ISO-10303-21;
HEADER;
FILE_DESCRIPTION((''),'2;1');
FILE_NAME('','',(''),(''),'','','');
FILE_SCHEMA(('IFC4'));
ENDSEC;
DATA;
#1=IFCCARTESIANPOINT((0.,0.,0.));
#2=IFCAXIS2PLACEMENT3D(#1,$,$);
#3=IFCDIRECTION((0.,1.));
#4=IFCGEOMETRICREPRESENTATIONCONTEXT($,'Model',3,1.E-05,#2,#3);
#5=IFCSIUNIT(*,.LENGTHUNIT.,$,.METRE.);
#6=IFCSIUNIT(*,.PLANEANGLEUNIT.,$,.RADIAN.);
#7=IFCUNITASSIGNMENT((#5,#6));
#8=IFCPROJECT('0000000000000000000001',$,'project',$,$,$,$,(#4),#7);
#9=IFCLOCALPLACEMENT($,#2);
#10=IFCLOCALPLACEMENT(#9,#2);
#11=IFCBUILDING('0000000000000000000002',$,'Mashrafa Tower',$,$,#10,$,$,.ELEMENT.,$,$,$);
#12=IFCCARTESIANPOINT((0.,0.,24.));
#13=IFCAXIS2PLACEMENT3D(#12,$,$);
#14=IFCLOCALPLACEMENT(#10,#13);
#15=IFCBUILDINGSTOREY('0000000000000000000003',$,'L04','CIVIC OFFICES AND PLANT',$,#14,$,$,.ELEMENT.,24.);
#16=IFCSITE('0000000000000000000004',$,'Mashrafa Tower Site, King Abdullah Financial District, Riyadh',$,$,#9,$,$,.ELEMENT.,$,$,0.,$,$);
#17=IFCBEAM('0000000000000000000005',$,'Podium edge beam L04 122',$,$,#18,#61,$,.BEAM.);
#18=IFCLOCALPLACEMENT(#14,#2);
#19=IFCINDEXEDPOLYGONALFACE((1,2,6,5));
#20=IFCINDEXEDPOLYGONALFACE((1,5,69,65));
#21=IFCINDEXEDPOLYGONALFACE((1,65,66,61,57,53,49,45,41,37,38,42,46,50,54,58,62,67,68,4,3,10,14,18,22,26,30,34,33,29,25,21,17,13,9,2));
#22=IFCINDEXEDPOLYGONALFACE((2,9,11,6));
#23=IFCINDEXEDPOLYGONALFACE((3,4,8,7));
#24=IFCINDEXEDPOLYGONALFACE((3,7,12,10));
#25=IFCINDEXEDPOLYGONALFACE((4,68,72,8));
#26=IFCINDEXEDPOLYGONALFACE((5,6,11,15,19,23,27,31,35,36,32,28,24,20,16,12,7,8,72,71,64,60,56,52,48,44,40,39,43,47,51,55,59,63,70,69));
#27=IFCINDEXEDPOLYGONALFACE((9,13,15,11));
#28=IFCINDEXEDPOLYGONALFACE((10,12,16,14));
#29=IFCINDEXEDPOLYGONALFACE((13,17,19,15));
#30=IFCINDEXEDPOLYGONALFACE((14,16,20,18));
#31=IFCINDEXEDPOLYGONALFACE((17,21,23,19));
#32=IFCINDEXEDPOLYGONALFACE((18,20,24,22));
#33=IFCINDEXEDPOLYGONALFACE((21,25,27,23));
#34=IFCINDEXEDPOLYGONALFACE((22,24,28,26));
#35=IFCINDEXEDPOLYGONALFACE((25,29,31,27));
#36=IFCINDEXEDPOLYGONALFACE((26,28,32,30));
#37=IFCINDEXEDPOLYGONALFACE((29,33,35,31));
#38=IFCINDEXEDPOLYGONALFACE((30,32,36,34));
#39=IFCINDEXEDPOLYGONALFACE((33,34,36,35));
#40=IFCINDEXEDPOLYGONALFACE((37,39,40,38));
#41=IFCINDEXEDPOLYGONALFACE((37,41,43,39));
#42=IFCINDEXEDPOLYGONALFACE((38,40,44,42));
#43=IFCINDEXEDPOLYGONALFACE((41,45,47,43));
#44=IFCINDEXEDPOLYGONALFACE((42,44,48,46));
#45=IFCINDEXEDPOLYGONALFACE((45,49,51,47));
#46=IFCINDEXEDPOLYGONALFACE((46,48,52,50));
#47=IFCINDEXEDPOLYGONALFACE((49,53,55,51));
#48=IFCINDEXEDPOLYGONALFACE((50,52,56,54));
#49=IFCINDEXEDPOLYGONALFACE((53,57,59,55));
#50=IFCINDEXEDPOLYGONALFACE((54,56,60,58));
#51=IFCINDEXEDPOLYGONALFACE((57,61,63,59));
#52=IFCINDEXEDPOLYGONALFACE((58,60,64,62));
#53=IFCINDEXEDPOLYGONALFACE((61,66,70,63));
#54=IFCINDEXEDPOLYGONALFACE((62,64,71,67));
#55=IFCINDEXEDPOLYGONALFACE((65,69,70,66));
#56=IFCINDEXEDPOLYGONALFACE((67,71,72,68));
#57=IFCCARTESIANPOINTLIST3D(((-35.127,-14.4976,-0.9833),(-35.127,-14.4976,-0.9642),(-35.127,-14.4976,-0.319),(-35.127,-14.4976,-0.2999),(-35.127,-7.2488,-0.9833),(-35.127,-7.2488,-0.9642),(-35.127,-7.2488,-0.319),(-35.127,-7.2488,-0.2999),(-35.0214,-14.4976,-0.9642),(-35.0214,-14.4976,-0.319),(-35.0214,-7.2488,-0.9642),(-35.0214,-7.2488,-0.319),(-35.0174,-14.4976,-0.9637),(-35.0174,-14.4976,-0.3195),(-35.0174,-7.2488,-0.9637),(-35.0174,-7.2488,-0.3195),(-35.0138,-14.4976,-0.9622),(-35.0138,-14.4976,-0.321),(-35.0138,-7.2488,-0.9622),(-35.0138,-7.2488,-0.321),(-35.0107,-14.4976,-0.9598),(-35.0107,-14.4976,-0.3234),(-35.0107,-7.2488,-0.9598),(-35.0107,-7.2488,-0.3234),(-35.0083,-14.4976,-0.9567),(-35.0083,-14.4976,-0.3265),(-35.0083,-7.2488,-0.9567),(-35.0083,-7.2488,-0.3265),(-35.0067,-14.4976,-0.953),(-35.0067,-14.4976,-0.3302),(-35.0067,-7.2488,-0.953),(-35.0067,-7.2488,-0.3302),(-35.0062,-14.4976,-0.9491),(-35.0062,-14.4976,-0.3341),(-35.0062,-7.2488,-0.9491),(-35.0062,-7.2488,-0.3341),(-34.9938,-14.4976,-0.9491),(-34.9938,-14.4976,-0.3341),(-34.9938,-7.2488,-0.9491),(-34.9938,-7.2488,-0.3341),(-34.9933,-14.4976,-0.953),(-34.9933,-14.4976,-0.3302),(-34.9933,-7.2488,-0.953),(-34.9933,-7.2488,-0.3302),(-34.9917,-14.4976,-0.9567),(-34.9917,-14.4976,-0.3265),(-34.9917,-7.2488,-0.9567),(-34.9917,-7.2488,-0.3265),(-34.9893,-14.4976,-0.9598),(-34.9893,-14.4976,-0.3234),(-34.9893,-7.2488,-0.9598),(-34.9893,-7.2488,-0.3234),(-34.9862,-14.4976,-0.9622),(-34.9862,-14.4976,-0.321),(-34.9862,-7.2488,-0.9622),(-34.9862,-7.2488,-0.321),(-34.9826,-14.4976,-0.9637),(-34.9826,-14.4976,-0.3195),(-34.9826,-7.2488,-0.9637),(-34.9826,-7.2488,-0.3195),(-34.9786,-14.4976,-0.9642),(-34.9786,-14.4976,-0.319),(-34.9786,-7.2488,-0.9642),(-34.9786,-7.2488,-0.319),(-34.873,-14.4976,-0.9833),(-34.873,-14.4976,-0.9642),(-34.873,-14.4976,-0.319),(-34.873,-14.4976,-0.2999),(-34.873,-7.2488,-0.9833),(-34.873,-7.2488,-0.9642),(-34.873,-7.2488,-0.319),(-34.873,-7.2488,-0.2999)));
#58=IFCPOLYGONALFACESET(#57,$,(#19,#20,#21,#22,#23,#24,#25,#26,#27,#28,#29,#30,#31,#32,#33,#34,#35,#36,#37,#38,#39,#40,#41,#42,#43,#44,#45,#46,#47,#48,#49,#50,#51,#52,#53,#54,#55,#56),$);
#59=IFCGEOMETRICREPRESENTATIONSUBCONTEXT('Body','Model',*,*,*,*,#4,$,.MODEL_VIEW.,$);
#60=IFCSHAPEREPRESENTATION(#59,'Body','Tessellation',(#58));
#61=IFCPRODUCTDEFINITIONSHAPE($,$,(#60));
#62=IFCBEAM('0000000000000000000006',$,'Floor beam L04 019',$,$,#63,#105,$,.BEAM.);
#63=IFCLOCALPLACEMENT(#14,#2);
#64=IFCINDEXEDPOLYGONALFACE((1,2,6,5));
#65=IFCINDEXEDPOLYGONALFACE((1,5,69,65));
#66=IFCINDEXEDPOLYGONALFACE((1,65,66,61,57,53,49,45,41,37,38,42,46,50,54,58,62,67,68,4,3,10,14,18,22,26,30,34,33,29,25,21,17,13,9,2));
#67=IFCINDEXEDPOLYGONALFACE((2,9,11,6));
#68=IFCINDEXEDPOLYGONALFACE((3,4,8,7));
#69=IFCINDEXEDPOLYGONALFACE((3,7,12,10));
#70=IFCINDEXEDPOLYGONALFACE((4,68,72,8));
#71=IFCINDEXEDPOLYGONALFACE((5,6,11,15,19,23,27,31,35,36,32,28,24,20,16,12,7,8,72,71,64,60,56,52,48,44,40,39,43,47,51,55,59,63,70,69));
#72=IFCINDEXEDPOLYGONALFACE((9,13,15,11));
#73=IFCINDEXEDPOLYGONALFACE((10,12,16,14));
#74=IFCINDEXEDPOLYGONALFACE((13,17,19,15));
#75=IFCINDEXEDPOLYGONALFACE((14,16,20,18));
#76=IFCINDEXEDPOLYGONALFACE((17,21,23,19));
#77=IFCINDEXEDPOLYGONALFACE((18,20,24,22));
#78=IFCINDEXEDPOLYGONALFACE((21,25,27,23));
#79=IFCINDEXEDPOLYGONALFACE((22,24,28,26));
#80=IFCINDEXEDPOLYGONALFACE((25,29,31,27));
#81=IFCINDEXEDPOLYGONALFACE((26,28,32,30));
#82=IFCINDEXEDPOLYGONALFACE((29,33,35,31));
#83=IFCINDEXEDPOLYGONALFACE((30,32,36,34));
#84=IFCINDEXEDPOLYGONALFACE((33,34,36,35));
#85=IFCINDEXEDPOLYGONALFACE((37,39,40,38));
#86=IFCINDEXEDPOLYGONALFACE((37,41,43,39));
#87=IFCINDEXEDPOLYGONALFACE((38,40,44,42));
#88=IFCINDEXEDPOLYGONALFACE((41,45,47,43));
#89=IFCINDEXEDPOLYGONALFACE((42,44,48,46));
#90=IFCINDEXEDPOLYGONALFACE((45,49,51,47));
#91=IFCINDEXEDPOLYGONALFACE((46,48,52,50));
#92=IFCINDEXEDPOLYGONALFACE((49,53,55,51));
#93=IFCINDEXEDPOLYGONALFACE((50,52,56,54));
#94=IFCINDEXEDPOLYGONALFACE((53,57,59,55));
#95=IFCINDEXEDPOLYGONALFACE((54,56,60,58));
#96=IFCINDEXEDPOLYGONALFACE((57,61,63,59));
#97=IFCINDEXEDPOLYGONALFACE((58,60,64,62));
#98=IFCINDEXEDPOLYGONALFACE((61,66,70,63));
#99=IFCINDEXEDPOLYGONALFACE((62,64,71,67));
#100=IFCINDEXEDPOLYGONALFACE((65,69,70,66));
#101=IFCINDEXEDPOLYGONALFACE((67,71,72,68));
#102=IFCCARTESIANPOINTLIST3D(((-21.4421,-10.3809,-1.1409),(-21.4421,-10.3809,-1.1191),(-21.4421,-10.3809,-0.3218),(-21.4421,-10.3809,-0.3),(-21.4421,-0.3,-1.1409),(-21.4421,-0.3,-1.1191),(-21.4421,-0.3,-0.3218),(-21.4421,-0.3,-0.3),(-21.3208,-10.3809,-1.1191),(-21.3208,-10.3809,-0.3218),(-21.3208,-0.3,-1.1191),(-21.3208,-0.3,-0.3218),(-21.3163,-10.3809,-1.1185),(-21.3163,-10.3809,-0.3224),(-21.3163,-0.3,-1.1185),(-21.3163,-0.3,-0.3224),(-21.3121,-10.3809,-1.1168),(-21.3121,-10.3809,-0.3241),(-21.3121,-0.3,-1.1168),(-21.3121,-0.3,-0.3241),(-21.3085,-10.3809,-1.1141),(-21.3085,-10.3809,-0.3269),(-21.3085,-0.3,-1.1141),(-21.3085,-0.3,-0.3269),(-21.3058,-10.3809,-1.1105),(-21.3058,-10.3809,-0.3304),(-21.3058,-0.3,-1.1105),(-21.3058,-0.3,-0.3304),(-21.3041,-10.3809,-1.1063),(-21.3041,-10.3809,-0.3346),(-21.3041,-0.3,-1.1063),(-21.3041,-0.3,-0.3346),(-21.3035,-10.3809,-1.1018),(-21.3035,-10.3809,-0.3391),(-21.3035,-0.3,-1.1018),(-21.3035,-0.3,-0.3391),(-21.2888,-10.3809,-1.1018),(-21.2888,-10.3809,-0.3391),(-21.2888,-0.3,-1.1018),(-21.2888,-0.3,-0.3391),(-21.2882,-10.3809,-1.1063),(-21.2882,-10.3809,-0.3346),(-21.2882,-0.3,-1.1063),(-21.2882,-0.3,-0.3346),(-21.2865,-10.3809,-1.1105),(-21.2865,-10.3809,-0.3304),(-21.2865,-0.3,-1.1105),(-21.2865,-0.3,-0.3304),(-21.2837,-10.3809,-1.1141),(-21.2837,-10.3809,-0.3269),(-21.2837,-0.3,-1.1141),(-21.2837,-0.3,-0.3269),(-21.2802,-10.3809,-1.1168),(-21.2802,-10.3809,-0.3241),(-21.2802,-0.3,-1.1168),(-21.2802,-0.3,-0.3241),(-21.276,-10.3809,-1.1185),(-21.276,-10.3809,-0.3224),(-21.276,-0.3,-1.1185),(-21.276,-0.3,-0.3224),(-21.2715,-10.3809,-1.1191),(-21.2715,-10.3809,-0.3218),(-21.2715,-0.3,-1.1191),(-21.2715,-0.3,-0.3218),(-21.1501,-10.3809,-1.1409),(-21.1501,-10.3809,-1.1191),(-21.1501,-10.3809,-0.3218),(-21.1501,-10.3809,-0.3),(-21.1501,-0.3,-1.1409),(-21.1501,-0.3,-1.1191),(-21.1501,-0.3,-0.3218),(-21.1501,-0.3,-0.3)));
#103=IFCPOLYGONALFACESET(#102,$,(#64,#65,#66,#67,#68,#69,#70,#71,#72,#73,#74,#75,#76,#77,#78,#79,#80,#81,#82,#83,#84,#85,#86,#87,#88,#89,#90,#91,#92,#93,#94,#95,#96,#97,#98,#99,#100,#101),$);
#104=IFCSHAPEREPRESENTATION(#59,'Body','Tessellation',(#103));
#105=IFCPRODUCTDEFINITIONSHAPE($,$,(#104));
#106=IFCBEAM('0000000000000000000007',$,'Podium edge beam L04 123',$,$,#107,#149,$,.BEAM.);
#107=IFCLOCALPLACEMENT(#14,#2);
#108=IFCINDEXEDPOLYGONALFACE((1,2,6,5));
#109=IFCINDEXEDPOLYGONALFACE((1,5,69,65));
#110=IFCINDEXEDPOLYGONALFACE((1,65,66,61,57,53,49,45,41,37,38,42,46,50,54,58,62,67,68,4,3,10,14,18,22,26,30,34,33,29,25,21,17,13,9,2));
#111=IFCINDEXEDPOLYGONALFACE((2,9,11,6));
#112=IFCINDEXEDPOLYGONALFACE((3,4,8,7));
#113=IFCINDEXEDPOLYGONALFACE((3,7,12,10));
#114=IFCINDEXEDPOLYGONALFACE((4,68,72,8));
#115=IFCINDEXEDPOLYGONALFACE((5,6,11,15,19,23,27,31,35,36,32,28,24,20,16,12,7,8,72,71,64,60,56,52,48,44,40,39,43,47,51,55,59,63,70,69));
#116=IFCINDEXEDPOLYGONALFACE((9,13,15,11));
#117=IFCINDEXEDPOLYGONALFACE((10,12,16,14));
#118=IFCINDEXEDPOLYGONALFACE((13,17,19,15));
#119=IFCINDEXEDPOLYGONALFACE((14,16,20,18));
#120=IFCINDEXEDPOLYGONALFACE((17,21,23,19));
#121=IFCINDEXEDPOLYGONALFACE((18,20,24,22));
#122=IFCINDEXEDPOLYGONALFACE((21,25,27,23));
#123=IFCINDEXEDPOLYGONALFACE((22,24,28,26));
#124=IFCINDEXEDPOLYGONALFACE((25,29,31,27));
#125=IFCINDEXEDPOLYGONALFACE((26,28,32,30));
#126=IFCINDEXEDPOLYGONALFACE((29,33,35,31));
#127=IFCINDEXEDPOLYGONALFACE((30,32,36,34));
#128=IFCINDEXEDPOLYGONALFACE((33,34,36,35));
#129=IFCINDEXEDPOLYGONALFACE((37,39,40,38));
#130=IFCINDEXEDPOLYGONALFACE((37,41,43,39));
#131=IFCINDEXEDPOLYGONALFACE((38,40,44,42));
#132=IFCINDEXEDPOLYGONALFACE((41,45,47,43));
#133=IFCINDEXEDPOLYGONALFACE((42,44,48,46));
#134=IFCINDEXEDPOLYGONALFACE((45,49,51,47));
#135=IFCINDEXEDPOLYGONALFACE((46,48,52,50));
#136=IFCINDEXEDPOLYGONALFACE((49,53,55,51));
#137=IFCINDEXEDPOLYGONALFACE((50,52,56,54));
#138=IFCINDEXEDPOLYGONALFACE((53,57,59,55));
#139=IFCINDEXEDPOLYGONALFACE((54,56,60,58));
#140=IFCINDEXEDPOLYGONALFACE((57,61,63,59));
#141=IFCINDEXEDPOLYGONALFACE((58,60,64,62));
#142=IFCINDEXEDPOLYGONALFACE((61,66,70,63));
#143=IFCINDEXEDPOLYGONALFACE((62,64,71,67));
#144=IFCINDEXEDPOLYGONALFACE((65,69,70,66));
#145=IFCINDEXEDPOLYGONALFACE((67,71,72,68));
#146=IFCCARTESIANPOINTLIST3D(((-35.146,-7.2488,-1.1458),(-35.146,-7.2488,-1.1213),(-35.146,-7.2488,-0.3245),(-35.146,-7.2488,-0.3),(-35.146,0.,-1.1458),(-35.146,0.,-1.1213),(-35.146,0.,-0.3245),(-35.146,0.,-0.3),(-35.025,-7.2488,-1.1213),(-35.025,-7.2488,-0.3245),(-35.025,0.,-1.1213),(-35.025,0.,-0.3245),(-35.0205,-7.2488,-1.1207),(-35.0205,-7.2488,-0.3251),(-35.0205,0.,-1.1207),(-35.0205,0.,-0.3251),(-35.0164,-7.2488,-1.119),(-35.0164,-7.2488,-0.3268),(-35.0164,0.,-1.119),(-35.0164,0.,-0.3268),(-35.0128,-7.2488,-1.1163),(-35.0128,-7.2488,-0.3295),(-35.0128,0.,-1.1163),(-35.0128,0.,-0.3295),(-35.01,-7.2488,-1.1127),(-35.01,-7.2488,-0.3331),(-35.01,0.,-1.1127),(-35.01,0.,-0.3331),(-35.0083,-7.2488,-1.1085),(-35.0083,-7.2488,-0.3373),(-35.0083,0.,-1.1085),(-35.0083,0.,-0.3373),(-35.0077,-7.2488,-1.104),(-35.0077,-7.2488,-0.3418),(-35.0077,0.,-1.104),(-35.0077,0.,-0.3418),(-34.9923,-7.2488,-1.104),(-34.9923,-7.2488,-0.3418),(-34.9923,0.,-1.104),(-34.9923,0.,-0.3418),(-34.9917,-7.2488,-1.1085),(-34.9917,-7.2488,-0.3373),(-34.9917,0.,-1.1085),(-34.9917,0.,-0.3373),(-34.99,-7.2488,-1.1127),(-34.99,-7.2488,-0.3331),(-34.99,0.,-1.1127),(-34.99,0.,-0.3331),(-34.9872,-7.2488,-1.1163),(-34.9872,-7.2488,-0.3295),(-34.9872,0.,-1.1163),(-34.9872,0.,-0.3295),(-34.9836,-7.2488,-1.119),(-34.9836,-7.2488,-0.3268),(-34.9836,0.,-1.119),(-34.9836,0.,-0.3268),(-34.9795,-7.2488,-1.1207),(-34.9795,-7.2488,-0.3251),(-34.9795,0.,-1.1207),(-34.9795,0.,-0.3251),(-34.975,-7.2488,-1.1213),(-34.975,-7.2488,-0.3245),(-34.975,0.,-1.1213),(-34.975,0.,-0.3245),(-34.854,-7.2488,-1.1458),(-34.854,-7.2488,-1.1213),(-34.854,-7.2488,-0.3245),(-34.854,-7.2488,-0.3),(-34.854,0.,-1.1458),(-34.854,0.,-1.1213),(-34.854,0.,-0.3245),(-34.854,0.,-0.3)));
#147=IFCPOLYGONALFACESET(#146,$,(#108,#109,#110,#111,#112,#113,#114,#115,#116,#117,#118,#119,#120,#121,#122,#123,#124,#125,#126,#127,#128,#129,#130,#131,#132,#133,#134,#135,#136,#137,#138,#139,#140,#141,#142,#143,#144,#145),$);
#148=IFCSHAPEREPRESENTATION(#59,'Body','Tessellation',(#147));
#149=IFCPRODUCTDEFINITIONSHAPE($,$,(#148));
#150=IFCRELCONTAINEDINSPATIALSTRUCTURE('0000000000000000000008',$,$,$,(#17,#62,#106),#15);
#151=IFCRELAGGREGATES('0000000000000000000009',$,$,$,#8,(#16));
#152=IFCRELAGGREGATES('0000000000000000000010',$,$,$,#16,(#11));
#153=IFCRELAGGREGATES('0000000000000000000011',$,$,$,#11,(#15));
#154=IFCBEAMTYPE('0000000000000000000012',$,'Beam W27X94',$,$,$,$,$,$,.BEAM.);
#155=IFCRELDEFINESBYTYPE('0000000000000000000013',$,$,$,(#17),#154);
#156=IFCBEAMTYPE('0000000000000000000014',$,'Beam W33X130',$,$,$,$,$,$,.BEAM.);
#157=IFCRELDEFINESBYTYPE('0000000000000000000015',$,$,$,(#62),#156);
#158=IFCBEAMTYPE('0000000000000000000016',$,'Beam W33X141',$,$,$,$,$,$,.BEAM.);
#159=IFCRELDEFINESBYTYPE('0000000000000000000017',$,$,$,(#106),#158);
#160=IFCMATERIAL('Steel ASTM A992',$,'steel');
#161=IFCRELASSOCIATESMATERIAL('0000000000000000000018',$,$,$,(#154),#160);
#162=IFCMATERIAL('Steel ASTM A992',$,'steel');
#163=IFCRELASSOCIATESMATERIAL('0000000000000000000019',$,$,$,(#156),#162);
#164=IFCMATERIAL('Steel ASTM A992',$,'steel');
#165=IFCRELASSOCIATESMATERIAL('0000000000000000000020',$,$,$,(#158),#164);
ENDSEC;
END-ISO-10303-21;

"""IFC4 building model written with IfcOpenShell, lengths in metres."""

from ifc_helpers import new_model, si_unit, direction, frame, origin, origin_2d, place, context, subcontext, project, spatial, i_section, extrude, material, material_profile, profile_set, type_object, element, save


model = new_model("IFC4")

# Units and contexts
model_context = context("Model", 3, precision=1e-05, world=origin(), true_north=direction((0.0, 1.0)))
body_context = subcontext(model_context, "Body", "Model", "MODEL_VIEW")
ifc_project = project(units=[si_unit("LENGTHUNIT", "METRE"), si_unit("PLANEANGLEUNIT", "RADIAN")], contexts=[model_context])

# Site, building, storey
site_placement = place(None, origin())
site = spatial("IfcSite", under=ifc_project, at=site_placement, Name="Mashrafa Tower Site, King Abdullah Financial District, Riyadh", CompositionType="ELEMENT", RefElevation=0.0)
building_placement = place(site_placement, origin())
building = spatial("IfcBuilding", under=site, at=building_placement, Name="Mashrafa Tower", CompositionType="ELEMENT")
storey_placement = place(building_placement, frame((0.0, 0.0, 24.0)))
storey = spatial("IfcBuildingStorey", under=building, at=storey_placement, Name="L04", Description="CIVIC OFFICES AND PLANT", CompositionType="ELEMENT", Elevation=24.0)

# Beams
ifc_material_1 = material(Name="Steel ASTM A992", Category="steel")
ifc_material_profile_1 = material_profile(ifc_material_1, i_section(OverallWidth=0.2539, OverallDepth=0.6833, WebThickness=0.0125, FlangeThickness=0.019, FilletRadius=0.0151, at=origin_2d()), Name="W27X94")
ifc_profile_set_1 = profile_set([ifc_material_profile_1], Name="Steel ASTM A992")
beam_type_1 = type_object("IfcBeamType", Name="Beam W27X94", PredefinedType="BEAM", material=ifc_profile_set_1)
beam_1_placement = place(storey_placement, frame((-35.0, -7.2488, -0.6416), z_axis=(0.0, -1.0, 0.0), x_axis=(1.0, 0.0, 0.0)))
element("IfcBeam", 1, at=beam_1_placement, inside=storey, type_object=beam_type_1, Name="Podium edge beam L04 122", PredefinedType="BEAM", context=body_context, shape_type="SweptSolid", body=[
    extrude(i_section(OverallWidth=0.2539, OverallDepth=0.6833, WebThickness=0.0125, FlangeThickness=0.019, FilletRadius=0.0151, at=origin_2d()), origin(), (0.0, 0.0, 1.0), 7.2488),
])
ifc_material_2 = material(Name="Steel ASTM A992", Category="steel")
ifc_material_profile_2 = material_profile(ifc_material_2, i_section(OverallWidth=0.292, OverallDepth=0.8408, WebThickness=0.0146, FlangeThickness=0.0217, FilletRadius=0.0173, at=origin_2d()), Name="W33X130")
ifc_profile_set_2 = profile_set([ifc_material_profile_2], Name="Steel ASTM A992")
beam_type_2 = type_object("IfcBeamType", Name="Beam W33X130", PredefinedType="BEAM", material=ifc_profile_set_2)
beam_2_placement = place(storey_placement, frame((-21.2961, -10.3809, -0.7205), z_axis=(0.0, 1.0, 0.0), x_axis=(-1.0, 0.0, 0.0)))
element("IfcBeam", 2, at=beam_2_placement, inside=storey, type_object=beam_type_2, Name="Floor beam L04 019", PredefinedType="BEAM", context=body_context, shape_type="SweptSolid", body=[
    extrude(i_section(OverallWidth=0.292, OverallDepth=0.8408, WebThickness=0.0146, FlangeThickness=0.0217, FilletRadius=0.0173, at=origin_2d()), origin(), (0.0, 0.0, 1.0), 10.0808),
])
ifc_material_3 = material(Name="Steel ASTM A992", Category="steel")
ifc_material_profile_3 = material_profile(ifc_material_3, i_section(OverallWidth=0.292, OverallDepth=0.8457, WebThickness=0.0154, FlangeThickness=0.0244, FilletRadius=0.0173, at=origin_2d()), Name="W33X141")
ifc_profile_set_3 = profile_set([ifc_material_profile_3], Name="Steel ASTM A992")
beam_type_3 = type_object("IfcBeamType", Name="Beam W33X141", PredefinedType="BEAM", material=ifc_profile_set_3)
beam_3_placement = place(storey_placement, frame((-35.0, 0.0, -0.7229), z_axis=(0.0, -1.0, 0.0), x_axis=(1.0, 0.0, 0.0)))
element("IfcBeam", 3, at=beam_3_placement, inside=storey, type_object=beam_type_3, Name="Podium edge beam L04 123", PredefinedType="BEAM", context=body_context, shape_type="SweptSolid", body=[
    extrude(i_section(OverallWidth=0.292, OverallDepth=0.8457, WebThickness=0.0154, FlangeThickness=0.0244, FilletRadius=0.0173, at=origin_2d()), origin(), (0.0, 0.0, 1.0), 7.2488),
])

save(model, "model.ifc")
